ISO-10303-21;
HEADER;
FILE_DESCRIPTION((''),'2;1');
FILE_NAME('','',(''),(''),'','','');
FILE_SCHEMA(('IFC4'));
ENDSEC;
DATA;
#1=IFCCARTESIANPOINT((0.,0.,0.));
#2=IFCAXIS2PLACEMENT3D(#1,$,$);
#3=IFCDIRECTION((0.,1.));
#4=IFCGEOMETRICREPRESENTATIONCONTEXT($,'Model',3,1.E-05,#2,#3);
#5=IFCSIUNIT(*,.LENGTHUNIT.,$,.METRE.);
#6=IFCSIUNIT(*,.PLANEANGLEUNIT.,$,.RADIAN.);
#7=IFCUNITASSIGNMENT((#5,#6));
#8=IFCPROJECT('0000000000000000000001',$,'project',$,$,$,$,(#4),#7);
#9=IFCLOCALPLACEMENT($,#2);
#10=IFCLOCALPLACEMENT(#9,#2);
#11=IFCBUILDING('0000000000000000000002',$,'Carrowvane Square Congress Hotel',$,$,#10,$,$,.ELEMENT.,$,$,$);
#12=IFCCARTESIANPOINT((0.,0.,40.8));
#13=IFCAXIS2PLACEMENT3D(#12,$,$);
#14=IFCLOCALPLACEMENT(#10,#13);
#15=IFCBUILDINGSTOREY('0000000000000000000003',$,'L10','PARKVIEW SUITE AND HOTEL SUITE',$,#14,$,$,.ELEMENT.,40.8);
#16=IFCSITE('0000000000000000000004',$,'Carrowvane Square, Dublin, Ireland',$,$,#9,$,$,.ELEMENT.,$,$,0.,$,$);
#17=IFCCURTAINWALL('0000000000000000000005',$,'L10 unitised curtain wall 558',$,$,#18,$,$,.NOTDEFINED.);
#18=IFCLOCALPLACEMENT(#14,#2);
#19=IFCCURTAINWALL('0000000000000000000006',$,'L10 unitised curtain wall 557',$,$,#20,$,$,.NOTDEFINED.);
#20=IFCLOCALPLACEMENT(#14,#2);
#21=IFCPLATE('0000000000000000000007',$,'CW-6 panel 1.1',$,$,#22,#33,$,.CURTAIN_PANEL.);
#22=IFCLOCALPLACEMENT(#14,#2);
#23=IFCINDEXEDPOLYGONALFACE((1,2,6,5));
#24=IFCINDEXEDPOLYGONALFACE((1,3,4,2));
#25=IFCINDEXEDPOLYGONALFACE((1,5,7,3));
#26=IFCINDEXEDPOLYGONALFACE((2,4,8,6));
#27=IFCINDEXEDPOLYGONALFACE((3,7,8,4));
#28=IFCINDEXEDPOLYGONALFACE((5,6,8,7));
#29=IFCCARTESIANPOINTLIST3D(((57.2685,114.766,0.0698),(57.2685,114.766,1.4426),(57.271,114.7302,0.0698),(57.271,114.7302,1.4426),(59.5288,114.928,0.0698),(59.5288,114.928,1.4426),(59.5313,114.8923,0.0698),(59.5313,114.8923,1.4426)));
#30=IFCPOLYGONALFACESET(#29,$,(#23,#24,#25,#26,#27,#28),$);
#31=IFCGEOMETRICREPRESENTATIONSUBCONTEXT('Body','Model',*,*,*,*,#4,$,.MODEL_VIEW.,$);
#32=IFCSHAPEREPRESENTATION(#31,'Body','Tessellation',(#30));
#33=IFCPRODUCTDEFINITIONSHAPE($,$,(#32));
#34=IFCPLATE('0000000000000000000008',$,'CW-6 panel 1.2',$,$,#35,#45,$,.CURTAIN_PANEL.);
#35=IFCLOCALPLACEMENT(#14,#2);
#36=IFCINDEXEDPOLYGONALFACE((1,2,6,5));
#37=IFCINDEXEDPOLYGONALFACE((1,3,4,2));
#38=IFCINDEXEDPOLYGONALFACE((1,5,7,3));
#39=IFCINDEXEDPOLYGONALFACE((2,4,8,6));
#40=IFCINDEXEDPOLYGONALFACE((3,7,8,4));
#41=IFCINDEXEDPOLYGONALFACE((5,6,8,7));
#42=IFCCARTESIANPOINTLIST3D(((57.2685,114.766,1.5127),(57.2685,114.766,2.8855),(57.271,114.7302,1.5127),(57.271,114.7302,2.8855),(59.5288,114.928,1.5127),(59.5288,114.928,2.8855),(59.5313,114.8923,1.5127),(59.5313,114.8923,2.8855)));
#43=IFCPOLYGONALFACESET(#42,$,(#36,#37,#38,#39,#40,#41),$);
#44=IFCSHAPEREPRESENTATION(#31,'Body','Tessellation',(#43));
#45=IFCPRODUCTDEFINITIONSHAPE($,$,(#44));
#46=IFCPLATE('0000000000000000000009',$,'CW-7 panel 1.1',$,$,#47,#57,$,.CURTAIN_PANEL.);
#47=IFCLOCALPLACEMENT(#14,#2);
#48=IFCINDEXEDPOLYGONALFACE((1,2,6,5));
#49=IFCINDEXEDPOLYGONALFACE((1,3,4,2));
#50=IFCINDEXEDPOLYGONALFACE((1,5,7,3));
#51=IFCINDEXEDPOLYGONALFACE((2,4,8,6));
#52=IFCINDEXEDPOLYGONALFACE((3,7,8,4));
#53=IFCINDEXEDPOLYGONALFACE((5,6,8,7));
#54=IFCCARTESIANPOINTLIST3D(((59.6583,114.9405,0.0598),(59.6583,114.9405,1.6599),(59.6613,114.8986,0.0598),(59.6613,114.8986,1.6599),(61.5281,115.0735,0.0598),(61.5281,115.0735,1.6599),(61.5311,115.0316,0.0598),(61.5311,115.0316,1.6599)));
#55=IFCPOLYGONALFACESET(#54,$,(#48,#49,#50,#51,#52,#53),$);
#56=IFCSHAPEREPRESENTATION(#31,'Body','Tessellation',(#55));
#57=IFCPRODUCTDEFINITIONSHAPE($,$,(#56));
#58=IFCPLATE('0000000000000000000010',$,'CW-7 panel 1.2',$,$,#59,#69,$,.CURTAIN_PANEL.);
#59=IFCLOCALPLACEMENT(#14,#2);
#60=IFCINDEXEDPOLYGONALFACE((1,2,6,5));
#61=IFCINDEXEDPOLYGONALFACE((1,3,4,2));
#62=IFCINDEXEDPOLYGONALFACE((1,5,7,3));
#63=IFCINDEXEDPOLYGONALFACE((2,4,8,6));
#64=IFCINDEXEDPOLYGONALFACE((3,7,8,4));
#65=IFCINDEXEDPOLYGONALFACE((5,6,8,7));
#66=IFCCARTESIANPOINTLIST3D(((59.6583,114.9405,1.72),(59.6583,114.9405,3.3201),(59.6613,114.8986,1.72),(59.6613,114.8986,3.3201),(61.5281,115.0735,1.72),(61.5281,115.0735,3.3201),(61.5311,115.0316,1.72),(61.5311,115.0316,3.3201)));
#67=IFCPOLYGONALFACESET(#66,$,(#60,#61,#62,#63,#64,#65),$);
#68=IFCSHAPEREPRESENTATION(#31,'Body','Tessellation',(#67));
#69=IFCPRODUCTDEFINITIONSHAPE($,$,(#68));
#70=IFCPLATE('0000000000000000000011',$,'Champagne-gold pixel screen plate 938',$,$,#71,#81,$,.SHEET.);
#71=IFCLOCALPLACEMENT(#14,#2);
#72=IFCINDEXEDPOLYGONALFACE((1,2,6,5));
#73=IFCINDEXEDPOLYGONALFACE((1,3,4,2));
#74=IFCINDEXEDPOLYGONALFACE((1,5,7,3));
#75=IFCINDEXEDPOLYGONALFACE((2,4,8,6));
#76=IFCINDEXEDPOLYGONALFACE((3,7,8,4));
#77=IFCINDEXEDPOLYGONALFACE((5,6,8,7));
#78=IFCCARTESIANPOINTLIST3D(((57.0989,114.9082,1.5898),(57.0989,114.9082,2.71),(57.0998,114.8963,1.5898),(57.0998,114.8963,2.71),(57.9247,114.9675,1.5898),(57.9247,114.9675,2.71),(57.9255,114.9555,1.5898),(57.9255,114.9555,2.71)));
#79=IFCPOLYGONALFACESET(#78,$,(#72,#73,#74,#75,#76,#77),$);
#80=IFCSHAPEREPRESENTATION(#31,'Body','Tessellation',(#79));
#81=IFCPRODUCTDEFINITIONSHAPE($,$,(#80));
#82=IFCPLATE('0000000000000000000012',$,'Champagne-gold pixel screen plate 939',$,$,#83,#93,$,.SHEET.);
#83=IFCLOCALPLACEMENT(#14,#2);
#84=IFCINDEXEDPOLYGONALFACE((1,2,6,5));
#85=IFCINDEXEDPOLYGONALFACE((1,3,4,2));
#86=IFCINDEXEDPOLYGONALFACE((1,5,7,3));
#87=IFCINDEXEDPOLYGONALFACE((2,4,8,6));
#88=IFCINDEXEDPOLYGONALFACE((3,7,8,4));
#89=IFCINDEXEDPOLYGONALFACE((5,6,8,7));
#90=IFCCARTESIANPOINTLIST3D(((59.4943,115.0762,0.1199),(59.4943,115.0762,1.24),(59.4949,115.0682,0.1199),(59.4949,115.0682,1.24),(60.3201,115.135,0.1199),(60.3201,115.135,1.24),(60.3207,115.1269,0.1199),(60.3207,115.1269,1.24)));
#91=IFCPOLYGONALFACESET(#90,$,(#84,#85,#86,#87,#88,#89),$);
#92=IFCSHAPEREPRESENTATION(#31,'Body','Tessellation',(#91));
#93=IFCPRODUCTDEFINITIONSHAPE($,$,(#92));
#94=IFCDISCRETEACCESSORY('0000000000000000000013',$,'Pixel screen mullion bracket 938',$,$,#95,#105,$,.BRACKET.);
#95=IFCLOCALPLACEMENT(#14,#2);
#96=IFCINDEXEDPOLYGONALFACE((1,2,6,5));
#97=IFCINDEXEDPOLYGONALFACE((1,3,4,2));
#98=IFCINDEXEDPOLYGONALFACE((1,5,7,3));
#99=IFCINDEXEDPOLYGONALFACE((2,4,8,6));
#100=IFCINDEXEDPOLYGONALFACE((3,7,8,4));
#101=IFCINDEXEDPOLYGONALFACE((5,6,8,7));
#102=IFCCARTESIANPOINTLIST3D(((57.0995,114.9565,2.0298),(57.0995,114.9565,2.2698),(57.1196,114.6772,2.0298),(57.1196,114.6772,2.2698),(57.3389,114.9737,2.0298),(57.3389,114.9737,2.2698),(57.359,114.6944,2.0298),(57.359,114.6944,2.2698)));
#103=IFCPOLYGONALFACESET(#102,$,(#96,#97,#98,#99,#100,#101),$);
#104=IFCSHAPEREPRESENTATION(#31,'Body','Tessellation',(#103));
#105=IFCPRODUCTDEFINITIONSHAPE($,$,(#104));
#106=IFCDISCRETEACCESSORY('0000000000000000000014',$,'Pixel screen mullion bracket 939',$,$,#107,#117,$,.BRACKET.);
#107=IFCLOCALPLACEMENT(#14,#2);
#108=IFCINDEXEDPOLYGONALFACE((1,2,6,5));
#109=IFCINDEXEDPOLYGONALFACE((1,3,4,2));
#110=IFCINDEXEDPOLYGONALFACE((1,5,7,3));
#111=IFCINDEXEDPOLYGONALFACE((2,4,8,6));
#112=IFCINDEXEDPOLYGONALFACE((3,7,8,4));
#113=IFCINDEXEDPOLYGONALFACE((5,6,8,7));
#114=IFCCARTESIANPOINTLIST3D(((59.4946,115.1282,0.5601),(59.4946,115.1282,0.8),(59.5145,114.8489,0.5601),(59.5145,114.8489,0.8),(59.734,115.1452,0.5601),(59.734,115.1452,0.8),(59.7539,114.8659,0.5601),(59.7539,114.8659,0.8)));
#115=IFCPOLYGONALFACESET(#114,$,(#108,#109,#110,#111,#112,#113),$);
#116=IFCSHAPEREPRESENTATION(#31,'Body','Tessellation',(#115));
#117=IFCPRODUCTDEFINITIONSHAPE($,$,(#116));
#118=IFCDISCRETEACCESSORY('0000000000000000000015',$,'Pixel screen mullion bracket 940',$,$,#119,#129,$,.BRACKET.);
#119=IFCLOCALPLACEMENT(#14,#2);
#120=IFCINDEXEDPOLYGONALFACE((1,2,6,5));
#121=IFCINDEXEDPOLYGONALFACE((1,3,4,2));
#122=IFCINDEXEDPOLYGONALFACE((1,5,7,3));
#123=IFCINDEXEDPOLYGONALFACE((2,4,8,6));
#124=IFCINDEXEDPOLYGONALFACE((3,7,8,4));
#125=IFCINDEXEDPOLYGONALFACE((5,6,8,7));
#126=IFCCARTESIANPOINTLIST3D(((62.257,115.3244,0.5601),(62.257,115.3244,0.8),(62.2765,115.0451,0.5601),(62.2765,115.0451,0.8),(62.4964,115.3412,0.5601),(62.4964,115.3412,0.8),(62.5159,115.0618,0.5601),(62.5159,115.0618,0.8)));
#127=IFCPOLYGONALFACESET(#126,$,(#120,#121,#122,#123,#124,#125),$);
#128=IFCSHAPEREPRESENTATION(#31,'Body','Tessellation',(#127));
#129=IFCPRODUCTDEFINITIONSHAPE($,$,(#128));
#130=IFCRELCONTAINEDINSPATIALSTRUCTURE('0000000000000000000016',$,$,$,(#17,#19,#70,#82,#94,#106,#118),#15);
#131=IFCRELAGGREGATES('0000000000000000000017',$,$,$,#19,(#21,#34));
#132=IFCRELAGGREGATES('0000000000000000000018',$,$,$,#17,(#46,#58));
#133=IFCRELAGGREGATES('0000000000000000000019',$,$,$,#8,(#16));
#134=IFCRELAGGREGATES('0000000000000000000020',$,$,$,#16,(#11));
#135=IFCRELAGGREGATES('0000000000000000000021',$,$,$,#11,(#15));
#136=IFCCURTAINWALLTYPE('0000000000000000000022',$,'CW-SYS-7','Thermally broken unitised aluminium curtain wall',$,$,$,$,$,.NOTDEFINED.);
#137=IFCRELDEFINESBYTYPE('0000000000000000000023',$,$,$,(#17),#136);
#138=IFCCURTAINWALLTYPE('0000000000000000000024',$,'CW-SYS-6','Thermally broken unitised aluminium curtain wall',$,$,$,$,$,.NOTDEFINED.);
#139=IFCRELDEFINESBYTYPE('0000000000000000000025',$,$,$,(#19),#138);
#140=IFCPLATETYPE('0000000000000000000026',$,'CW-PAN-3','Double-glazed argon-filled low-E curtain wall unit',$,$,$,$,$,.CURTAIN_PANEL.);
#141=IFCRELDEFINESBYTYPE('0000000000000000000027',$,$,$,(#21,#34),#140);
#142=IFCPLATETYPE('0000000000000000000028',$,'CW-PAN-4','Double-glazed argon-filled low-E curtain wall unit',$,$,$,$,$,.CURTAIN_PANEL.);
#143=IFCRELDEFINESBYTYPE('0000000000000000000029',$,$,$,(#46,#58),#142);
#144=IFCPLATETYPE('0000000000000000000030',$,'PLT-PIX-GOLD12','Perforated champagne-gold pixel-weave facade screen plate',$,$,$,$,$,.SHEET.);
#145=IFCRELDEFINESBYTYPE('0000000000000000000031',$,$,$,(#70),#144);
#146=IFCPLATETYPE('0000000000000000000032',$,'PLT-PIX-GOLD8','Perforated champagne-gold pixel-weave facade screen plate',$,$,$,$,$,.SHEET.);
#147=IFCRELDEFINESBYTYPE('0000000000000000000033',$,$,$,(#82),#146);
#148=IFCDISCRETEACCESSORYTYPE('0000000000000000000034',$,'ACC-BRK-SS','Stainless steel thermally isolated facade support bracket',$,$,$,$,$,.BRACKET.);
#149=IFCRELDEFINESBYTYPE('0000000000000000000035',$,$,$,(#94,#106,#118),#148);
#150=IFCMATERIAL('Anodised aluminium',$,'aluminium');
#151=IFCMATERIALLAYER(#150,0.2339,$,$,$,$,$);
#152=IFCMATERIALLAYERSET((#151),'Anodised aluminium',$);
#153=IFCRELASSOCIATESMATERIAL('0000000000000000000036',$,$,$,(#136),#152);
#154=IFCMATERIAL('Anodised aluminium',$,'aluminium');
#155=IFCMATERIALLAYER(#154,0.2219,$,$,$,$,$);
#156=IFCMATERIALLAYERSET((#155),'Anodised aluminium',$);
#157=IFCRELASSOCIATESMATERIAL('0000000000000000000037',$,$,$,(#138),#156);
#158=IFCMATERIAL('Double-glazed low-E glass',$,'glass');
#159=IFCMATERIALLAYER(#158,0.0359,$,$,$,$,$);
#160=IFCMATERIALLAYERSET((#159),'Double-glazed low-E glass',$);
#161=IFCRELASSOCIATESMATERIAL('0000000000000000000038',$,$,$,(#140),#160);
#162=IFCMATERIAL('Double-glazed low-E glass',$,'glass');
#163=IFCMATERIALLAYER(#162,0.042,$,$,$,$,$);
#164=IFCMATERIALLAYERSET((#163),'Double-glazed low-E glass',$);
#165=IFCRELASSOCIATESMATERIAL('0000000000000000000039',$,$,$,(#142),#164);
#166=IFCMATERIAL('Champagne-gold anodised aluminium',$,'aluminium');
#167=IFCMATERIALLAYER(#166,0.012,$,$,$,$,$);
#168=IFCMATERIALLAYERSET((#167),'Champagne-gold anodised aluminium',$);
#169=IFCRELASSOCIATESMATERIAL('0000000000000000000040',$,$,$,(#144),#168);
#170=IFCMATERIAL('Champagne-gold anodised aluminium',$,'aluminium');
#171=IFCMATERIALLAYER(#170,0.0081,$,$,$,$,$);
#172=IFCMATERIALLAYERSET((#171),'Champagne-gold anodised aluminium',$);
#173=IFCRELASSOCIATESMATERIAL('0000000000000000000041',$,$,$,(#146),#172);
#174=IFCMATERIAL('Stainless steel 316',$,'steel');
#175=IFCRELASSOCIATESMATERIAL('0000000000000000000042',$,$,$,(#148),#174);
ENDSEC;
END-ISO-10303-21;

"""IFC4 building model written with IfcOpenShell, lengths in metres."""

from ifc_helpers import new_model, si_unit, direction, frame, origin, origin_2d, place, context, subcontext, project, spatial, rectangle, extrude, material, layer, layer_set, type_object, element, aggregate, save


model = new_model("IFC4")

# Units and contexts
model_context = context("Model", 3, precision=1e-05, world=origin(), true_north=direction((0.0, 1.0)))
body_context = subcontext(model_context, "Body", "Model", "MODEL_VIEW")
ifc_project = project(units=[si_unit("LENGTHUNIT", "METRE"), si_unit("PLANEANGLEUNIT", "RADIAN")], contexts=[model_context])

# Site, building, storey
site_placement = place(None, origin())
site = spatial("IfcSite", under=ifc_project, at=site_placement, Name="Carrowvane Square, Dublin, Ireland", CompositionType="ELEMENT", RefElevation=0.0)
building_placement = place(site_placement, origin())
building = spatial("IfcBuilding", under=site, at=building_placement, Name="Carrowvane Square Congress Hotel", CompositionType="ELEMENT")
storey_placement = place(building_placement, frame((0.0, 0.0, 40.8)))
storey = spatial("IfcBuildingStorey", under=building, at=storey_placement, Name="L10", Description="PARKVIEW SUITE AND HOTEL SUITE", CompositionType="ELEMENT", Elevation=40.8)

# Curtain walls
ifc_material_1 = material(Name="Anodised aluminium", Category="aluminium")
ifc_layer_1 = layer(ifc_material_1, 0.2339)
ifc_layer_set_1 = layer_set([ifc_layer_1], Name="Anodised aluminium")
curtain_wall_type_1 = type_object("IfcCurtainWallType", Name="CW-SYS-7", Description="Thermally broken unitised aluminium curtain wall", PredefinedType="NOTDEFINED", material=ifc_layer_set_1)
curtain_wall_1_placement = place(storey_placement, origin())
curtain_wall_1 = element("IfcCurtainWall", 1, at=curtain_wall_1_placement, inside=storey, type_object=curtain_wall_type_1, Name="L10 unitised curtain wall 558", PredefinedType="NOTDEFINED")
ifc_material_2 = material(Name="Anodised aluminium", Category="aluminium")
ifc_layer_2 = layer(ifc_material_2, 0.2219)
ifc_layer_set_2 = layer_set([ifc_layer_2], Name="Anodised aluminium")
curtain_wall_type_2 = type_object("IfcCurtainWallType", Name="CW-SYS-6", Description="Thermally broken unitised aluminium curtain wall", PredefinedType="NOTDEFINED", material=ifc_layer_set_2)
curtain_wall_2_placement = place(storey_placement, origin())
curtain_wall_2 = element("IfcCurtainWall", 2, at=curtain_wall_2_placement, inside=storey, type_object=curtain_wall_type_2, Name="L10 unitised curtain wall 557", PredefinedType="NOTDEFINED")

# Plates
ifc_material_3 = material(Name="Double-glazed low-E glass", Category="glass")
ifc_layer_3 = layer(ifc_material_3, 0.0359)
ifc_layer_set_3 = layer_set([ifc_layer_3], Name="Double-glazed low-E glass")
plate_type_1 = type_object("IfcPlateType", Name="CW-PAN-3", Description="Double-glazed argon-filled low-E curtain wall unit", PredefinedType="CURTAIN_PANEL", material=ifc_layer_set_3)
plate_1_placement = place(storey_placement, frame((58.3999, 114.8291, 0.0698), z_axis=(0.0, 0.0, 1.0), x_axis=(0.997438, 0.071532, 0.0)))
plate_1 = element("IfcPlate", 3, at=plate_1_placement, type_object=plate_type_1, Name="CW-6 panel 1.1", PredefinedType="CURTAIN_PANEL", context=body_context, shape_type="SweptSolid", body=[
    extrude(rectangle(XDim=2.2661, YDim=0.0359, at=origin_2d()), origin(), (0.0, 0.0, 1.0), 1.3728),
])
plate_2_placement = place(storey_placement, frame((58.3999, 114.8291, 1.5127), z_axis=(0.0, 0.0, 1.0), x_axis=(0.997438, 0.071532, 0.0)))
plate_2 = element("IfcPlate", 4, at=plate_2_placement, type_object=plate_type_1, Name="CW-6 panel 1.2", PredefinedType="CURTAIN_PANEL", context=body_context, shape_type="SweptSolid", body=[
    extrude(rectangle(XDim=2.2661, YDim=0.0359, at=origin_2d()), origin(), (0.0, 0.0, 1.0), 1.3728),
])
aggregate(curtain_wall_2, [plate_1, plate_2])
ifc_material_4 = material(Name="Double-glazed low-E glass", Category="glass")
ifc_layer_4 = layer(ifc_material_4, 0.042)
ifc_layer_set_4 = layer_set([ifc_layer_4], Name="Double-glazed low-E glass")
plate_type_2 = type_object("IfcPlateType", Name="CW-PAN-4", Description="Double-glazed argon-filled low-E curtain wall unit", PredefinedType="CURTAIN_PANEL", material=ifc_layer_set_4)
plate_3_placement = place(storey_placement, frame((60.5947, 114.9861, 0.0598), z_axis=(0.0, 0.0, 1.0), x_axis=(0.997479, 0.07096, 0.0)))
plate_3 = element("IfcPlate", 5, at=plate_3_placement, type_object=plate_type_2, Name="CW-7 panel 1.1", PredefinedType="CURTAIN_PANEL", context=body_context, shape_type="SweptSolid", body=[
    extrude(rectangle(XDim=1.8745, YDim=0.042, at=origin_2d()), origin(), (0.0, 0.0, 1.0), 1.6001),
])
plate_4_placement = place(storey_placement, frame((60.5947, 114.9861, 1.72), z_axis=(0.0, 0.0, 1.0), x_axis=(0.997479, 0.07096, 0.0)))
plate_4 = element("IfcPlate", 6, at=plate_4_placement, type_object=plate_type_2, Name="CW-7 panel 1.2", PredefinedType="CURTAIN_PANEL", context=body_context, shape_type="SweptSolid", body=[
    extrude(rectangle(XDim=1.8745, YDim=0.042, at=origin_2d()), origin(), (0.0, 0.0, 1.0), 1.6001),
])
aggregate(curtain_wall_1, [plate_3, plate_4])

# Plates
ifc_material_5 = material(Name="Champagne-gold anodised aluminium", Category="aluminium")
ifc_layer_5 = layer(ifc_material_5, 0.012)
ifc_layer_set_5 = layer_set([ifc_layer_5], Name="Champagne-gold anodised aluminium")
plate_type_3 = type_object("IfcPlateType", Name="PLT-PIX-GOLD12", Description="Perforated champagne-gold pixel-weave facade screen plate", PredefinedType="SHEET", material=ifc_layer_set_5)
plate_5_placement = place(storey_placement, frame((57.5122, 114.9319, 1.5898), z_axis=(0.0, 0.0, 1.0), x_axis=(0.997438, 0.071533, 0.0)))
element("IfcPlate", 7, at=plate_5_placement, inside=storey, type_object=plate_type_3, Name="Champagne-gold pixel screen plate 938", PredefinedType="SHEET", context=body_context, shape_type="SweptSolid", body=[
    extrude(rectangle(XDim=0.8279, YDim=0.012, at=origin_2d()), origin(), (0.0, 0.0, 1.0), 1.1201),
])
ifc_material_6 = material(Name="Champagne-gold anodised aluminium", Category="aluminium")
ifc_layer_6 = layer(ifc_material_6, 0.0081)
ifc_layer_set_6 = layer_set([ifc_layer_6], Name="Champagne-gold anodised aluminium")
plate_type_4 = type_object("IfcPlateType", Name="PLT-PIX-GOLD8", Description="Perforated champagne-gold pixel-weave facade screen plate", PredefinedType="SHEET", material=ifc_layer_set_6)
plate_6_placement = place(storey_placement, frame((59.9075, 115.1016, 0.1199), z_axis=(0.0, 0.0, 1.0), x_axis=(0.997479, 0.070957, 0.0)))
element("IfcPlate", 8, at=plate_6_placement, inside=storey, type_object=plate_type_4, Name="Champagne-gold pixel screen plate 939", PredefinedType="SHEET", context=body_context, shape_type="SweptSolid", body=[
    extrude(rectangle(XDim=0.8279, YDim=0.0081, at=origin_2d()), origin(), (0.0, 0.0, 1.0), 1.1201),
])

# Discrete accessories
ifc_material_7 = material(Name="Stainless steel 316", Category="steel")
discrete_accessory_type = type_object("IfcDiscreteAccessoryType", Name="ACC-BRK-SS", Description="Stainless steel thermally isolated facade support bracket", PredefinedType="BRACKET", material=ifc_material_7)
for number, where, z_axis, x_axis, name in (
    (9, (57.2292, 114.8254, 2.0298), (0.0, 0.0, 1.0), (0.997438, 0.071533, 0.0), "Pixel screen mullion bracket 938"),
    (10, (59.6243, 114.9971, 0.5601), (0.0, 0.0, 1.0), (0.997479, 0.070957, 0.0), "Pixel screen mullion bracket 939"),
    (11, (62.3865, 115.1931, 0.5601), (0.0, 0.0, 1.0), (0.997566, 0.069725, 0.0), "Pixel screen mullion bracket 940"),
):
    element("IfcDiscreteAccessory", number, at=place(storey_placement, frame(where, z_axis=z_axis, x_axis=x_axis)), inside=storey, type_object=discrete_accessory_type, Name=name, PredefinedType="BRACKET", context=body_context, shape_type="SweptSolid", body=[
        extrude(rectangle(XDim=0.24, YDim=0.28, at=origin_2d()), origin(), (0.0, 0.0, 1.0), 0.24),
    ])

save(model, "model.ifc")
